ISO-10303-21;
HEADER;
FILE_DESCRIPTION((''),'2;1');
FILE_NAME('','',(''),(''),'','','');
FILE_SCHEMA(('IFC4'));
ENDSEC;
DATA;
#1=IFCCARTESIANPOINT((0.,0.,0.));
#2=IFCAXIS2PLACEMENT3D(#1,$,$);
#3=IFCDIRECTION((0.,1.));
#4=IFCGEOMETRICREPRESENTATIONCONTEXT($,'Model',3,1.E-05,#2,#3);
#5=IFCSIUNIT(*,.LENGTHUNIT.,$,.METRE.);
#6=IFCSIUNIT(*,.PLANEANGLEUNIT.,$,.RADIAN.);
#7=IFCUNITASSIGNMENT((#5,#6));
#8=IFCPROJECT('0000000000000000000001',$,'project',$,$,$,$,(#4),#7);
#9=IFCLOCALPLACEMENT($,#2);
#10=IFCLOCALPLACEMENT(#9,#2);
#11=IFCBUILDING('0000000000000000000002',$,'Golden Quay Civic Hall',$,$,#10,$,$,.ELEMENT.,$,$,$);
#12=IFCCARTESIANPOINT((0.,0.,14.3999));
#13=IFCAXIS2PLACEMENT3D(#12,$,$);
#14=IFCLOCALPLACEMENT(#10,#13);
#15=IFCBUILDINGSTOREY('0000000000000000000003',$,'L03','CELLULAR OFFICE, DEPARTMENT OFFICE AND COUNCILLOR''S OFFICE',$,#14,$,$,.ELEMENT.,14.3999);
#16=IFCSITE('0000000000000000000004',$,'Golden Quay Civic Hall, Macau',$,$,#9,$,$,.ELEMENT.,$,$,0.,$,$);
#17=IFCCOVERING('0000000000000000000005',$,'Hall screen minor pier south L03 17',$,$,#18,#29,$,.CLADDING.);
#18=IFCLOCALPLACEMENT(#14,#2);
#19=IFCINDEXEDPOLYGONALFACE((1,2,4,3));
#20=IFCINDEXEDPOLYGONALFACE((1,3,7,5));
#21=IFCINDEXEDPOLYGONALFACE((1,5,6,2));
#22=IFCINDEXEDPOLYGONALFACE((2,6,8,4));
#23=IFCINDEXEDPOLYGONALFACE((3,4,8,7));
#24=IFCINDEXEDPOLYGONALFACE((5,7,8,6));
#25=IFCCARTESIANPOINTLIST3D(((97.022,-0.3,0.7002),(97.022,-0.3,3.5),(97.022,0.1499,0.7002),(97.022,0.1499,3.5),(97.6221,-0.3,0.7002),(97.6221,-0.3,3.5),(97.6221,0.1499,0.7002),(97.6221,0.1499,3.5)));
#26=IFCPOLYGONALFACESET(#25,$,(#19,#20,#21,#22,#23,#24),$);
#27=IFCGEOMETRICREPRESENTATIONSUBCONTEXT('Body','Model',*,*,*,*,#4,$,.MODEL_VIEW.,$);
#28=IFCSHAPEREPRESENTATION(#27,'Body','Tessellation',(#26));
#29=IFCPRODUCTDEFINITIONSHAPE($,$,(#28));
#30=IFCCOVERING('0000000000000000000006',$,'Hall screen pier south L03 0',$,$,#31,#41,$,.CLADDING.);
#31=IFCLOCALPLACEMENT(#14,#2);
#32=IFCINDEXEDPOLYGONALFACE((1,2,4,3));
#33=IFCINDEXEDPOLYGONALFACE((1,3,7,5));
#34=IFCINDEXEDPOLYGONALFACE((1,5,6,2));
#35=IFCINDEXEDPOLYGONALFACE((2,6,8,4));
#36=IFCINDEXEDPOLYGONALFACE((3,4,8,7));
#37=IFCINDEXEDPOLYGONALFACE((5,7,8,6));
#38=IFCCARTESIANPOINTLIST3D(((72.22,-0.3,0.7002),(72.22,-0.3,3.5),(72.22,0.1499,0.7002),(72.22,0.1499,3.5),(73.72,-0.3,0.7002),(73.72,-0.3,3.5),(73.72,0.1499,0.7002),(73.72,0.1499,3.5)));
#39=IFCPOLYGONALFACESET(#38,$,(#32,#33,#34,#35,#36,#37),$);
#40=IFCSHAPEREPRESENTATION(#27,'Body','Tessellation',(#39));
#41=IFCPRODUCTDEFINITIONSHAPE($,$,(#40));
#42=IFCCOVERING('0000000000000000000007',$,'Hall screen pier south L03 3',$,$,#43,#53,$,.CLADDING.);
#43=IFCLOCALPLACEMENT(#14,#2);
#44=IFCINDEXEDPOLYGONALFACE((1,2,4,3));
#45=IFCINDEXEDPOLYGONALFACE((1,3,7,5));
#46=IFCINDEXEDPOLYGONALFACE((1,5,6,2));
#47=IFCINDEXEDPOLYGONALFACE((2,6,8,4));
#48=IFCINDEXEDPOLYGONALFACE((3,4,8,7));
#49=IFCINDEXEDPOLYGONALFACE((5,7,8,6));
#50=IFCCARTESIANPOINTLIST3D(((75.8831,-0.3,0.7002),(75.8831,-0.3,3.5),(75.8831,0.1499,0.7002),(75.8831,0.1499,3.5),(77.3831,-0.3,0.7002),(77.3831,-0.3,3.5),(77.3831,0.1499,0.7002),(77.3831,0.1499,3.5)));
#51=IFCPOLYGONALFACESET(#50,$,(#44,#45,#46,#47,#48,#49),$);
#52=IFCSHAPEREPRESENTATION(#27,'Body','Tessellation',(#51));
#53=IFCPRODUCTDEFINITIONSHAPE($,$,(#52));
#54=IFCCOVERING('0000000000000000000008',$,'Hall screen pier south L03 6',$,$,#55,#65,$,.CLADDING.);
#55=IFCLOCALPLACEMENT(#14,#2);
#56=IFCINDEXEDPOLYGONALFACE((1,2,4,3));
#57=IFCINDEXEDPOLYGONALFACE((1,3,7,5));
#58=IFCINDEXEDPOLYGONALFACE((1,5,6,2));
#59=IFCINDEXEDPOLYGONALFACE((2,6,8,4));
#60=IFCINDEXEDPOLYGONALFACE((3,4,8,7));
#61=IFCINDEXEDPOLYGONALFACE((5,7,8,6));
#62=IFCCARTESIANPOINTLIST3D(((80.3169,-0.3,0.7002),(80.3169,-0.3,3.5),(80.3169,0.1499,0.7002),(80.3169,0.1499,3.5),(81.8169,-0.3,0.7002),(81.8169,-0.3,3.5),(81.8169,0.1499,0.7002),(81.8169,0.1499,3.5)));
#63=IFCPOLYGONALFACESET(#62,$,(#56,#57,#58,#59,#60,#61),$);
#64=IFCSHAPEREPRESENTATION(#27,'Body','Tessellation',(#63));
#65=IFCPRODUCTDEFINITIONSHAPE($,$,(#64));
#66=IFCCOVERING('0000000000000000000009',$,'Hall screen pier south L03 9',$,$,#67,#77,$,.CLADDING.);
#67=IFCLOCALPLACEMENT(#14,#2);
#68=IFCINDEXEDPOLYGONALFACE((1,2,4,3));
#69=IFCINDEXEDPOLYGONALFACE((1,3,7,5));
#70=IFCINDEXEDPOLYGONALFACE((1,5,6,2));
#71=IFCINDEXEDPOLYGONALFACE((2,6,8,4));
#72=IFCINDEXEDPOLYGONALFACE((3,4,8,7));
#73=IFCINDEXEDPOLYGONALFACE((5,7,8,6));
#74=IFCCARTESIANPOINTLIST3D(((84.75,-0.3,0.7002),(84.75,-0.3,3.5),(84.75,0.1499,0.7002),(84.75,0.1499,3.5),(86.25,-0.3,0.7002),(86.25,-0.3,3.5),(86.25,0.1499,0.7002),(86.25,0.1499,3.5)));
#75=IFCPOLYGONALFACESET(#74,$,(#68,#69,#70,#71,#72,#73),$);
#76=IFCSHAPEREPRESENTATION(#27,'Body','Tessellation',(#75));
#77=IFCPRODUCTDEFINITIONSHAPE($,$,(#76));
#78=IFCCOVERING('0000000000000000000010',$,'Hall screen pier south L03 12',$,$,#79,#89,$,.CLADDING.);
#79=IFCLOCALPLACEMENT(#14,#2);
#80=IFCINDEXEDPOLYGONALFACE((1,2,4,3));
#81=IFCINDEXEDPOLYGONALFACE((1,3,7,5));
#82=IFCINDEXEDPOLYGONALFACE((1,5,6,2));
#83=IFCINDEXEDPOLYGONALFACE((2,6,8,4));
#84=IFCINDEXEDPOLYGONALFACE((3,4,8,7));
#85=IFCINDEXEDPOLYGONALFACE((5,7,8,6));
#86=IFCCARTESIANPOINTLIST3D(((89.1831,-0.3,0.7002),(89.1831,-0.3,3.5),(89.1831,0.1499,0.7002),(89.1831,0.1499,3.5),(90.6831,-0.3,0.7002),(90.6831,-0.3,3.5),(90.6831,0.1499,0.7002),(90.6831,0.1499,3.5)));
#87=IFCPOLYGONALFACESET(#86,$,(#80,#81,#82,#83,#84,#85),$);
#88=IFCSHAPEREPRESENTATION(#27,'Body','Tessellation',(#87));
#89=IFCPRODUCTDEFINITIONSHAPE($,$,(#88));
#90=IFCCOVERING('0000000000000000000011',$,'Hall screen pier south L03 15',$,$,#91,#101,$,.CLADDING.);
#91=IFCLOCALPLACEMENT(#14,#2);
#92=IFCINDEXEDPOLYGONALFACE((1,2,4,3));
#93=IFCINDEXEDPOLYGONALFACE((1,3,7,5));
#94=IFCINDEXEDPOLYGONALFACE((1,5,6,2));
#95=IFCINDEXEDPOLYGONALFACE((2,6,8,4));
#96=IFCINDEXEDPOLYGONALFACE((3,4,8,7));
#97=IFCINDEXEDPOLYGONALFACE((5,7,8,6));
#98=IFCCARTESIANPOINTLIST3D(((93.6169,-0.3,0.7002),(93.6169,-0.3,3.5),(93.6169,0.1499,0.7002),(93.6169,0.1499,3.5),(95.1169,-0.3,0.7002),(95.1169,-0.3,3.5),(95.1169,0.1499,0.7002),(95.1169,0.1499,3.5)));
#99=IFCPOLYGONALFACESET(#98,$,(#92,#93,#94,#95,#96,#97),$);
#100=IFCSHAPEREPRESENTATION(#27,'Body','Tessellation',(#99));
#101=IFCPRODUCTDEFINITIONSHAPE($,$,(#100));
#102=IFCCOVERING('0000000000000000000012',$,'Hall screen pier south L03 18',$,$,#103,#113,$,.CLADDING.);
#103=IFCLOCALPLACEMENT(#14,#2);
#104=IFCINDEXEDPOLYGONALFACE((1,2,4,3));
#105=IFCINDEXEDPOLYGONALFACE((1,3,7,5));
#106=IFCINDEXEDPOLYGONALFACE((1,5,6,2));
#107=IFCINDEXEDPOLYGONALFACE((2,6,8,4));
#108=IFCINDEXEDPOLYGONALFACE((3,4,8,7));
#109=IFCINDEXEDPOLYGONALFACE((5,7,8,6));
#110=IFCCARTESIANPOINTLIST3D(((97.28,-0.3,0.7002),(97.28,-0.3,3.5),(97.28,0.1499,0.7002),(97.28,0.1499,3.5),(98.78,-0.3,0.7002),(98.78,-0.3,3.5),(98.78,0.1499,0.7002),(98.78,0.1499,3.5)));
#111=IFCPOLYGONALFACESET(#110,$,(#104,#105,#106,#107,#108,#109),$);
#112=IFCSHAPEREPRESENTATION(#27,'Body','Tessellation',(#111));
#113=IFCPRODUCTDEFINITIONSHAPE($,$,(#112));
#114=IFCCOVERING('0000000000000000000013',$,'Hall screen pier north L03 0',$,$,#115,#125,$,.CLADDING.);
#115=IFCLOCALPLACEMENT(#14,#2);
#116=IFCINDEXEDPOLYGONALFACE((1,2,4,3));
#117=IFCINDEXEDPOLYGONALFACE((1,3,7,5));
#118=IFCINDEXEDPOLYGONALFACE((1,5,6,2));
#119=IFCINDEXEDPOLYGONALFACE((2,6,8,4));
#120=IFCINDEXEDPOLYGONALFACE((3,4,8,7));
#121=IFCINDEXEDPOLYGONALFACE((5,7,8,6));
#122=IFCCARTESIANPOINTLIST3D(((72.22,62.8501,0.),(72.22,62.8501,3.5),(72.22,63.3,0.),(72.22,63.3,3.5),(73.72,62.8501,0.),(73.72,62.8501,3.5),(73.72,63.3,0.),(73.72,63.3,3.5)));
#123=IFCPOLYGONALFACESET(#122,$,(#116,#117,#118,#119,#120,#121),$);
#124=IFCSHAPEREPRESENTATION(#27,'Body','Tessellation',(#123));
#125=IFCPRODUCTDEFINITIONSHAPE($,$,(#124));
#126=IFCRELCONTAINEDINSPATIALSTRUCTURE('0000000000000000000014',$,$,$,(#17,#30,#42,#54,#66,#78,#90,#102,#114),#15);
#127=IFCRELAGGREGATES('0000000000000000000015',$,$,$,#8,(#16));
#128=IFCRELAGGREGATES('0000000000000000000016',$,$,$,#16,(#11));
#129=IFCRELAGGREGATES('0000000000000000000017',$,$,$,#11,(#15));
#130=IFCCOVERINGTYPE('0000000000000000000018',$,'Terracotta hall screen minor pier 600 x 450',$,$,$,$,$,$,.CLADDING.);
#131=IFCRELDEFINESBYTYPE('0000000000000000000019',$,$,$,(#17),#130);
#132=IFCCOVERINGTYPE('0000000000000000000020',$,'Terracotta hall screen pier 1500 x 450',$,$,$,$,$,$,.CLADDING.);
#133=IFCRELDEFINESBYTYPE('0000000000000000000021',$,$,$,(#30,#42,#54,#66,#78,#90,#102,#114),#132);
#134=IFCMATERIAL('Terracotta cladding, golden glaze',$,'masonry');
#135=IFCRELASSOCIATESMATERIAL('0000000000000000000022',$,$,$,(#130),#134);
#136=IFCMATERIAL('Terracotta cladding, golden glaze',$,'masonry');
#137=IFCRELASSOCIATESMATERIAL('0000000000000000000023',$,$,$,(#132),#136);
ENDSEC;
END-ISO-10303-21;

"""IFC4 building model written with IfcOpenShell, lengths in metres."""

from ifc_helpers import new_model, si_unit, direction, frame, origin, place, context, subcontext, project, spatial, polyline, outline, extrude, material, type_object, element, save


model = new_model("IFC4")

# Units and contexts
model_context = context("Model", 3, precision=1e-05, world=origin(), true_north=direction((0.0, 1.0)))
body_context = subcontext(model_context, "Body", "Model", "MODEL_VIEW")
ifc_project = project(units=[si_unit("LENGTHUNIT", "METRE"), si_unit("PLANEANGLEUNIT", "RADIAN")], contexts=[model_context])

# Site, building, storey
site_placement = place(None, origin())
site = spatial("IfcSite", under=ifc_project, at=site_placement, Name="Golden Quay Civic Hall, Macau", CompositionType="ELEMENT", RefElevation=0.0)
building_placement = place(site_placement, origin())
building = spatial("IfcBuilding", under=site, at=building_placement, Name="Golden Quay Civic Hall", CompositionType="ELEMENT")
storey_placement = place(building_placement, frame((0.0, 0.0, 14.3999)))
storey = spatial("IfcBuildingStorey", under=building, at=storey_placement, Name="L03", Description="CELLULAR OFFICE, DEPARTMENT OFFICE AND COUNCILLOR'S OFFICE", CompositionType="ELEMENT", Elevation=14.3999)

# Coverings
ifc_material_1 = material(Name="Terracotta cladding, golden glaze", Category="masonry")
covering_type_1 = type_object("IfcCoveringType", Name="Terracotta hall screen minor pier 600 x 450", PredefinedType="CLADDING", material=ifc_material_1)
covering_1_placement = place(storey_placement, frame((0.0, 0.0, 0.7002)))
element("IfcCovering", 1, at=covering_1_placement, inside=storey, type_object=covering_type_1, Name="Hall screen minor pier south L03 17", PredefinedType="CLADDING", context=body_context, shape_type="SweptSolid", body=[
    extrude(outline(polyline([(97.022, -0.3), (97.6221, -0.3), (97.6221, 0.1499), (97.022, 0.1499), (97.022, -0.3)])), origin(), (0.0, 0.0, 1.0), 2.7998),
])
ifc_material_2 = material(Name="Terracotta cladding, golden glaze", Category="masonry")
covering_type_2 = type_object("IfcCoveringType", Name="Terracotta hall screen pier 1500 x 450", PredefinedType="CLADDING", material=ifc_material_2)
covering_2_placement = place(storey_placement, frame((0.0, 0.0, 0.7002)))
element("IfcCovering", 2, at=covering_2_placement, inside=storey, type_object=covering_type_2, Name="Hall screen pier south L03 0", PredefinedType="CLADDING", context=body_context, shape_type="SweptSolid", body=[
    extrude(outline(polyline([(72.22, -0.3), (73.72, -0.3), (73.72, 0.1499), (72.22, 0.1499), (72.22, -0.3)])), origin(), (0.0, 0.0, 1.0), 2.7998),
])
covering_3_placement = place(storey_placement, frame((0.0, 0.0, 0.7002)))
element("IfcCovering", 3, at=covering_3_placement, inside=storey, type_object=covering_type_2, Name="Hall screen pier south L03 3", PredefinedType="CLADDING", context=body_context, shape_type="SweptSolid", body=[
    extrude(outline(polyline([(75.8831, -0.3), (77.3831, -0.3), (77.3831, 0.1499), (75.8831, 0.1499), (75.8831, -0.3)])), origin(), (0.0, 0.0, 1.0), 2.7998),
])
covering_4_placement = place(storey_placement, frame((0.0, 0.0, 0.7002)))
element("IfcCovering", 4, at=covering_4_placement, inside=storey, type_object=covering_type_2, Name="Hall screen pier south L03 6", PredefinedType="CLADDING", context=body_context, shape_type="SweptSolid", body=[
    extrude(outline(polyline([(80.3169, -0.3), (81.8169, -0.3), (81.8169, 0.1499), (80.3169, 0.1499), (80.3169, -0.3)])), origin(), (0.0, 0.0, 1.0), 2.7998),
])
covering_5_placement = place(storey_placement, frame((0.0, 0.0, 0.7002)))
element("IfcCovering", 5, at=covering_5_placement, inside=storey, type_object=covering_type_2, Name="Hall screen pier south L03 9", PredefinedType="CLADDING", context=body_context, shape_type="SweptSolid", body=[
    extrude(outline(polyline([(84.75, -0.3), (86.25, -0.3), (86.25, 0.1499), (84.75, 0.1499), (84.75, -0.3)])), origin(), (0.0, 0.0, 1.0), 2.7998),
])
covering_6_placement = place(storey_placement, frame((0.0, 0.0, 0.7002)))
element("IfcCovering", 6, at=covering_6_placement, inside=storey, type_object=covering_type_2, Name="Hall screen pier south L03 12", PredefinedType="CLADDING", context=body_context, shape_type="SweptSolid", body=[
    extrude(outline(polyline([(89.1831, -0.3), (90.6831, -0.3), (90.6831, 0.1499), (89.1831, 0.1499), (89.1831, -0.3)])), origin(), (0.0, 0.0, 1.0), 2.7998),
])
covering_7_placement = place(storey_placement, frame((0.0, 0.0, 0.7002)))
element("IfcCovering", 7, at=covering_7_placement, inside=storey, type_object=covering_type_2, Name="Hall screen pier south L03 15", PredefinedType="CLADDING", context=body_context, shape_type="SweptSolid", body=[
    extrude(outline(polyline([(93.6169, -0.3), (95.1169, -0.3), (95.1169, 0.1499), (93.6169, 0.1499), (93.6169, -0.3)])), origin(), (0.0, 0.0, 1.0), 2.7998),
])
covering_8_placement = place(storey_placement, frame((0.0, 0.0, 0.7002)))
element("IfcCovering", 8, at=covering_8_placement, inside=storey, type_object=covering_type_2, Name="Hall screen pier south L03 18", PredefinedType="CLADDING", context=body_context, shape_type="SweptSolid", body=[
    extrude(outline(polyline([(97.28, -0.3), (98.78, -0.3), (98.78, 0.1499), (97.28, 0.1499), (97.28, -0.3)])), origin(), (0.0, 0.0, 1.0), 2.7998),
])
covering_9_placement = place(storey_placement, origin())
element("IfcCovering", 9, at=covering_9_placement, inside=storey, type_object=covering_type_2, Name="Hall screen pier north L03 0", PredefinedType="CLADDING", context=body_context, shape_type="SweptSolid", body=[
    extrude(outline(polyline([(72.22, 63.3), (73.72, 63.3), (73.72, 62.8501), (72.22, 62.8501), (72.22, 63.3)])), origin(), (0.0, 0.0, 1.0), 3.5),
])

save(model, "model.ifc")
